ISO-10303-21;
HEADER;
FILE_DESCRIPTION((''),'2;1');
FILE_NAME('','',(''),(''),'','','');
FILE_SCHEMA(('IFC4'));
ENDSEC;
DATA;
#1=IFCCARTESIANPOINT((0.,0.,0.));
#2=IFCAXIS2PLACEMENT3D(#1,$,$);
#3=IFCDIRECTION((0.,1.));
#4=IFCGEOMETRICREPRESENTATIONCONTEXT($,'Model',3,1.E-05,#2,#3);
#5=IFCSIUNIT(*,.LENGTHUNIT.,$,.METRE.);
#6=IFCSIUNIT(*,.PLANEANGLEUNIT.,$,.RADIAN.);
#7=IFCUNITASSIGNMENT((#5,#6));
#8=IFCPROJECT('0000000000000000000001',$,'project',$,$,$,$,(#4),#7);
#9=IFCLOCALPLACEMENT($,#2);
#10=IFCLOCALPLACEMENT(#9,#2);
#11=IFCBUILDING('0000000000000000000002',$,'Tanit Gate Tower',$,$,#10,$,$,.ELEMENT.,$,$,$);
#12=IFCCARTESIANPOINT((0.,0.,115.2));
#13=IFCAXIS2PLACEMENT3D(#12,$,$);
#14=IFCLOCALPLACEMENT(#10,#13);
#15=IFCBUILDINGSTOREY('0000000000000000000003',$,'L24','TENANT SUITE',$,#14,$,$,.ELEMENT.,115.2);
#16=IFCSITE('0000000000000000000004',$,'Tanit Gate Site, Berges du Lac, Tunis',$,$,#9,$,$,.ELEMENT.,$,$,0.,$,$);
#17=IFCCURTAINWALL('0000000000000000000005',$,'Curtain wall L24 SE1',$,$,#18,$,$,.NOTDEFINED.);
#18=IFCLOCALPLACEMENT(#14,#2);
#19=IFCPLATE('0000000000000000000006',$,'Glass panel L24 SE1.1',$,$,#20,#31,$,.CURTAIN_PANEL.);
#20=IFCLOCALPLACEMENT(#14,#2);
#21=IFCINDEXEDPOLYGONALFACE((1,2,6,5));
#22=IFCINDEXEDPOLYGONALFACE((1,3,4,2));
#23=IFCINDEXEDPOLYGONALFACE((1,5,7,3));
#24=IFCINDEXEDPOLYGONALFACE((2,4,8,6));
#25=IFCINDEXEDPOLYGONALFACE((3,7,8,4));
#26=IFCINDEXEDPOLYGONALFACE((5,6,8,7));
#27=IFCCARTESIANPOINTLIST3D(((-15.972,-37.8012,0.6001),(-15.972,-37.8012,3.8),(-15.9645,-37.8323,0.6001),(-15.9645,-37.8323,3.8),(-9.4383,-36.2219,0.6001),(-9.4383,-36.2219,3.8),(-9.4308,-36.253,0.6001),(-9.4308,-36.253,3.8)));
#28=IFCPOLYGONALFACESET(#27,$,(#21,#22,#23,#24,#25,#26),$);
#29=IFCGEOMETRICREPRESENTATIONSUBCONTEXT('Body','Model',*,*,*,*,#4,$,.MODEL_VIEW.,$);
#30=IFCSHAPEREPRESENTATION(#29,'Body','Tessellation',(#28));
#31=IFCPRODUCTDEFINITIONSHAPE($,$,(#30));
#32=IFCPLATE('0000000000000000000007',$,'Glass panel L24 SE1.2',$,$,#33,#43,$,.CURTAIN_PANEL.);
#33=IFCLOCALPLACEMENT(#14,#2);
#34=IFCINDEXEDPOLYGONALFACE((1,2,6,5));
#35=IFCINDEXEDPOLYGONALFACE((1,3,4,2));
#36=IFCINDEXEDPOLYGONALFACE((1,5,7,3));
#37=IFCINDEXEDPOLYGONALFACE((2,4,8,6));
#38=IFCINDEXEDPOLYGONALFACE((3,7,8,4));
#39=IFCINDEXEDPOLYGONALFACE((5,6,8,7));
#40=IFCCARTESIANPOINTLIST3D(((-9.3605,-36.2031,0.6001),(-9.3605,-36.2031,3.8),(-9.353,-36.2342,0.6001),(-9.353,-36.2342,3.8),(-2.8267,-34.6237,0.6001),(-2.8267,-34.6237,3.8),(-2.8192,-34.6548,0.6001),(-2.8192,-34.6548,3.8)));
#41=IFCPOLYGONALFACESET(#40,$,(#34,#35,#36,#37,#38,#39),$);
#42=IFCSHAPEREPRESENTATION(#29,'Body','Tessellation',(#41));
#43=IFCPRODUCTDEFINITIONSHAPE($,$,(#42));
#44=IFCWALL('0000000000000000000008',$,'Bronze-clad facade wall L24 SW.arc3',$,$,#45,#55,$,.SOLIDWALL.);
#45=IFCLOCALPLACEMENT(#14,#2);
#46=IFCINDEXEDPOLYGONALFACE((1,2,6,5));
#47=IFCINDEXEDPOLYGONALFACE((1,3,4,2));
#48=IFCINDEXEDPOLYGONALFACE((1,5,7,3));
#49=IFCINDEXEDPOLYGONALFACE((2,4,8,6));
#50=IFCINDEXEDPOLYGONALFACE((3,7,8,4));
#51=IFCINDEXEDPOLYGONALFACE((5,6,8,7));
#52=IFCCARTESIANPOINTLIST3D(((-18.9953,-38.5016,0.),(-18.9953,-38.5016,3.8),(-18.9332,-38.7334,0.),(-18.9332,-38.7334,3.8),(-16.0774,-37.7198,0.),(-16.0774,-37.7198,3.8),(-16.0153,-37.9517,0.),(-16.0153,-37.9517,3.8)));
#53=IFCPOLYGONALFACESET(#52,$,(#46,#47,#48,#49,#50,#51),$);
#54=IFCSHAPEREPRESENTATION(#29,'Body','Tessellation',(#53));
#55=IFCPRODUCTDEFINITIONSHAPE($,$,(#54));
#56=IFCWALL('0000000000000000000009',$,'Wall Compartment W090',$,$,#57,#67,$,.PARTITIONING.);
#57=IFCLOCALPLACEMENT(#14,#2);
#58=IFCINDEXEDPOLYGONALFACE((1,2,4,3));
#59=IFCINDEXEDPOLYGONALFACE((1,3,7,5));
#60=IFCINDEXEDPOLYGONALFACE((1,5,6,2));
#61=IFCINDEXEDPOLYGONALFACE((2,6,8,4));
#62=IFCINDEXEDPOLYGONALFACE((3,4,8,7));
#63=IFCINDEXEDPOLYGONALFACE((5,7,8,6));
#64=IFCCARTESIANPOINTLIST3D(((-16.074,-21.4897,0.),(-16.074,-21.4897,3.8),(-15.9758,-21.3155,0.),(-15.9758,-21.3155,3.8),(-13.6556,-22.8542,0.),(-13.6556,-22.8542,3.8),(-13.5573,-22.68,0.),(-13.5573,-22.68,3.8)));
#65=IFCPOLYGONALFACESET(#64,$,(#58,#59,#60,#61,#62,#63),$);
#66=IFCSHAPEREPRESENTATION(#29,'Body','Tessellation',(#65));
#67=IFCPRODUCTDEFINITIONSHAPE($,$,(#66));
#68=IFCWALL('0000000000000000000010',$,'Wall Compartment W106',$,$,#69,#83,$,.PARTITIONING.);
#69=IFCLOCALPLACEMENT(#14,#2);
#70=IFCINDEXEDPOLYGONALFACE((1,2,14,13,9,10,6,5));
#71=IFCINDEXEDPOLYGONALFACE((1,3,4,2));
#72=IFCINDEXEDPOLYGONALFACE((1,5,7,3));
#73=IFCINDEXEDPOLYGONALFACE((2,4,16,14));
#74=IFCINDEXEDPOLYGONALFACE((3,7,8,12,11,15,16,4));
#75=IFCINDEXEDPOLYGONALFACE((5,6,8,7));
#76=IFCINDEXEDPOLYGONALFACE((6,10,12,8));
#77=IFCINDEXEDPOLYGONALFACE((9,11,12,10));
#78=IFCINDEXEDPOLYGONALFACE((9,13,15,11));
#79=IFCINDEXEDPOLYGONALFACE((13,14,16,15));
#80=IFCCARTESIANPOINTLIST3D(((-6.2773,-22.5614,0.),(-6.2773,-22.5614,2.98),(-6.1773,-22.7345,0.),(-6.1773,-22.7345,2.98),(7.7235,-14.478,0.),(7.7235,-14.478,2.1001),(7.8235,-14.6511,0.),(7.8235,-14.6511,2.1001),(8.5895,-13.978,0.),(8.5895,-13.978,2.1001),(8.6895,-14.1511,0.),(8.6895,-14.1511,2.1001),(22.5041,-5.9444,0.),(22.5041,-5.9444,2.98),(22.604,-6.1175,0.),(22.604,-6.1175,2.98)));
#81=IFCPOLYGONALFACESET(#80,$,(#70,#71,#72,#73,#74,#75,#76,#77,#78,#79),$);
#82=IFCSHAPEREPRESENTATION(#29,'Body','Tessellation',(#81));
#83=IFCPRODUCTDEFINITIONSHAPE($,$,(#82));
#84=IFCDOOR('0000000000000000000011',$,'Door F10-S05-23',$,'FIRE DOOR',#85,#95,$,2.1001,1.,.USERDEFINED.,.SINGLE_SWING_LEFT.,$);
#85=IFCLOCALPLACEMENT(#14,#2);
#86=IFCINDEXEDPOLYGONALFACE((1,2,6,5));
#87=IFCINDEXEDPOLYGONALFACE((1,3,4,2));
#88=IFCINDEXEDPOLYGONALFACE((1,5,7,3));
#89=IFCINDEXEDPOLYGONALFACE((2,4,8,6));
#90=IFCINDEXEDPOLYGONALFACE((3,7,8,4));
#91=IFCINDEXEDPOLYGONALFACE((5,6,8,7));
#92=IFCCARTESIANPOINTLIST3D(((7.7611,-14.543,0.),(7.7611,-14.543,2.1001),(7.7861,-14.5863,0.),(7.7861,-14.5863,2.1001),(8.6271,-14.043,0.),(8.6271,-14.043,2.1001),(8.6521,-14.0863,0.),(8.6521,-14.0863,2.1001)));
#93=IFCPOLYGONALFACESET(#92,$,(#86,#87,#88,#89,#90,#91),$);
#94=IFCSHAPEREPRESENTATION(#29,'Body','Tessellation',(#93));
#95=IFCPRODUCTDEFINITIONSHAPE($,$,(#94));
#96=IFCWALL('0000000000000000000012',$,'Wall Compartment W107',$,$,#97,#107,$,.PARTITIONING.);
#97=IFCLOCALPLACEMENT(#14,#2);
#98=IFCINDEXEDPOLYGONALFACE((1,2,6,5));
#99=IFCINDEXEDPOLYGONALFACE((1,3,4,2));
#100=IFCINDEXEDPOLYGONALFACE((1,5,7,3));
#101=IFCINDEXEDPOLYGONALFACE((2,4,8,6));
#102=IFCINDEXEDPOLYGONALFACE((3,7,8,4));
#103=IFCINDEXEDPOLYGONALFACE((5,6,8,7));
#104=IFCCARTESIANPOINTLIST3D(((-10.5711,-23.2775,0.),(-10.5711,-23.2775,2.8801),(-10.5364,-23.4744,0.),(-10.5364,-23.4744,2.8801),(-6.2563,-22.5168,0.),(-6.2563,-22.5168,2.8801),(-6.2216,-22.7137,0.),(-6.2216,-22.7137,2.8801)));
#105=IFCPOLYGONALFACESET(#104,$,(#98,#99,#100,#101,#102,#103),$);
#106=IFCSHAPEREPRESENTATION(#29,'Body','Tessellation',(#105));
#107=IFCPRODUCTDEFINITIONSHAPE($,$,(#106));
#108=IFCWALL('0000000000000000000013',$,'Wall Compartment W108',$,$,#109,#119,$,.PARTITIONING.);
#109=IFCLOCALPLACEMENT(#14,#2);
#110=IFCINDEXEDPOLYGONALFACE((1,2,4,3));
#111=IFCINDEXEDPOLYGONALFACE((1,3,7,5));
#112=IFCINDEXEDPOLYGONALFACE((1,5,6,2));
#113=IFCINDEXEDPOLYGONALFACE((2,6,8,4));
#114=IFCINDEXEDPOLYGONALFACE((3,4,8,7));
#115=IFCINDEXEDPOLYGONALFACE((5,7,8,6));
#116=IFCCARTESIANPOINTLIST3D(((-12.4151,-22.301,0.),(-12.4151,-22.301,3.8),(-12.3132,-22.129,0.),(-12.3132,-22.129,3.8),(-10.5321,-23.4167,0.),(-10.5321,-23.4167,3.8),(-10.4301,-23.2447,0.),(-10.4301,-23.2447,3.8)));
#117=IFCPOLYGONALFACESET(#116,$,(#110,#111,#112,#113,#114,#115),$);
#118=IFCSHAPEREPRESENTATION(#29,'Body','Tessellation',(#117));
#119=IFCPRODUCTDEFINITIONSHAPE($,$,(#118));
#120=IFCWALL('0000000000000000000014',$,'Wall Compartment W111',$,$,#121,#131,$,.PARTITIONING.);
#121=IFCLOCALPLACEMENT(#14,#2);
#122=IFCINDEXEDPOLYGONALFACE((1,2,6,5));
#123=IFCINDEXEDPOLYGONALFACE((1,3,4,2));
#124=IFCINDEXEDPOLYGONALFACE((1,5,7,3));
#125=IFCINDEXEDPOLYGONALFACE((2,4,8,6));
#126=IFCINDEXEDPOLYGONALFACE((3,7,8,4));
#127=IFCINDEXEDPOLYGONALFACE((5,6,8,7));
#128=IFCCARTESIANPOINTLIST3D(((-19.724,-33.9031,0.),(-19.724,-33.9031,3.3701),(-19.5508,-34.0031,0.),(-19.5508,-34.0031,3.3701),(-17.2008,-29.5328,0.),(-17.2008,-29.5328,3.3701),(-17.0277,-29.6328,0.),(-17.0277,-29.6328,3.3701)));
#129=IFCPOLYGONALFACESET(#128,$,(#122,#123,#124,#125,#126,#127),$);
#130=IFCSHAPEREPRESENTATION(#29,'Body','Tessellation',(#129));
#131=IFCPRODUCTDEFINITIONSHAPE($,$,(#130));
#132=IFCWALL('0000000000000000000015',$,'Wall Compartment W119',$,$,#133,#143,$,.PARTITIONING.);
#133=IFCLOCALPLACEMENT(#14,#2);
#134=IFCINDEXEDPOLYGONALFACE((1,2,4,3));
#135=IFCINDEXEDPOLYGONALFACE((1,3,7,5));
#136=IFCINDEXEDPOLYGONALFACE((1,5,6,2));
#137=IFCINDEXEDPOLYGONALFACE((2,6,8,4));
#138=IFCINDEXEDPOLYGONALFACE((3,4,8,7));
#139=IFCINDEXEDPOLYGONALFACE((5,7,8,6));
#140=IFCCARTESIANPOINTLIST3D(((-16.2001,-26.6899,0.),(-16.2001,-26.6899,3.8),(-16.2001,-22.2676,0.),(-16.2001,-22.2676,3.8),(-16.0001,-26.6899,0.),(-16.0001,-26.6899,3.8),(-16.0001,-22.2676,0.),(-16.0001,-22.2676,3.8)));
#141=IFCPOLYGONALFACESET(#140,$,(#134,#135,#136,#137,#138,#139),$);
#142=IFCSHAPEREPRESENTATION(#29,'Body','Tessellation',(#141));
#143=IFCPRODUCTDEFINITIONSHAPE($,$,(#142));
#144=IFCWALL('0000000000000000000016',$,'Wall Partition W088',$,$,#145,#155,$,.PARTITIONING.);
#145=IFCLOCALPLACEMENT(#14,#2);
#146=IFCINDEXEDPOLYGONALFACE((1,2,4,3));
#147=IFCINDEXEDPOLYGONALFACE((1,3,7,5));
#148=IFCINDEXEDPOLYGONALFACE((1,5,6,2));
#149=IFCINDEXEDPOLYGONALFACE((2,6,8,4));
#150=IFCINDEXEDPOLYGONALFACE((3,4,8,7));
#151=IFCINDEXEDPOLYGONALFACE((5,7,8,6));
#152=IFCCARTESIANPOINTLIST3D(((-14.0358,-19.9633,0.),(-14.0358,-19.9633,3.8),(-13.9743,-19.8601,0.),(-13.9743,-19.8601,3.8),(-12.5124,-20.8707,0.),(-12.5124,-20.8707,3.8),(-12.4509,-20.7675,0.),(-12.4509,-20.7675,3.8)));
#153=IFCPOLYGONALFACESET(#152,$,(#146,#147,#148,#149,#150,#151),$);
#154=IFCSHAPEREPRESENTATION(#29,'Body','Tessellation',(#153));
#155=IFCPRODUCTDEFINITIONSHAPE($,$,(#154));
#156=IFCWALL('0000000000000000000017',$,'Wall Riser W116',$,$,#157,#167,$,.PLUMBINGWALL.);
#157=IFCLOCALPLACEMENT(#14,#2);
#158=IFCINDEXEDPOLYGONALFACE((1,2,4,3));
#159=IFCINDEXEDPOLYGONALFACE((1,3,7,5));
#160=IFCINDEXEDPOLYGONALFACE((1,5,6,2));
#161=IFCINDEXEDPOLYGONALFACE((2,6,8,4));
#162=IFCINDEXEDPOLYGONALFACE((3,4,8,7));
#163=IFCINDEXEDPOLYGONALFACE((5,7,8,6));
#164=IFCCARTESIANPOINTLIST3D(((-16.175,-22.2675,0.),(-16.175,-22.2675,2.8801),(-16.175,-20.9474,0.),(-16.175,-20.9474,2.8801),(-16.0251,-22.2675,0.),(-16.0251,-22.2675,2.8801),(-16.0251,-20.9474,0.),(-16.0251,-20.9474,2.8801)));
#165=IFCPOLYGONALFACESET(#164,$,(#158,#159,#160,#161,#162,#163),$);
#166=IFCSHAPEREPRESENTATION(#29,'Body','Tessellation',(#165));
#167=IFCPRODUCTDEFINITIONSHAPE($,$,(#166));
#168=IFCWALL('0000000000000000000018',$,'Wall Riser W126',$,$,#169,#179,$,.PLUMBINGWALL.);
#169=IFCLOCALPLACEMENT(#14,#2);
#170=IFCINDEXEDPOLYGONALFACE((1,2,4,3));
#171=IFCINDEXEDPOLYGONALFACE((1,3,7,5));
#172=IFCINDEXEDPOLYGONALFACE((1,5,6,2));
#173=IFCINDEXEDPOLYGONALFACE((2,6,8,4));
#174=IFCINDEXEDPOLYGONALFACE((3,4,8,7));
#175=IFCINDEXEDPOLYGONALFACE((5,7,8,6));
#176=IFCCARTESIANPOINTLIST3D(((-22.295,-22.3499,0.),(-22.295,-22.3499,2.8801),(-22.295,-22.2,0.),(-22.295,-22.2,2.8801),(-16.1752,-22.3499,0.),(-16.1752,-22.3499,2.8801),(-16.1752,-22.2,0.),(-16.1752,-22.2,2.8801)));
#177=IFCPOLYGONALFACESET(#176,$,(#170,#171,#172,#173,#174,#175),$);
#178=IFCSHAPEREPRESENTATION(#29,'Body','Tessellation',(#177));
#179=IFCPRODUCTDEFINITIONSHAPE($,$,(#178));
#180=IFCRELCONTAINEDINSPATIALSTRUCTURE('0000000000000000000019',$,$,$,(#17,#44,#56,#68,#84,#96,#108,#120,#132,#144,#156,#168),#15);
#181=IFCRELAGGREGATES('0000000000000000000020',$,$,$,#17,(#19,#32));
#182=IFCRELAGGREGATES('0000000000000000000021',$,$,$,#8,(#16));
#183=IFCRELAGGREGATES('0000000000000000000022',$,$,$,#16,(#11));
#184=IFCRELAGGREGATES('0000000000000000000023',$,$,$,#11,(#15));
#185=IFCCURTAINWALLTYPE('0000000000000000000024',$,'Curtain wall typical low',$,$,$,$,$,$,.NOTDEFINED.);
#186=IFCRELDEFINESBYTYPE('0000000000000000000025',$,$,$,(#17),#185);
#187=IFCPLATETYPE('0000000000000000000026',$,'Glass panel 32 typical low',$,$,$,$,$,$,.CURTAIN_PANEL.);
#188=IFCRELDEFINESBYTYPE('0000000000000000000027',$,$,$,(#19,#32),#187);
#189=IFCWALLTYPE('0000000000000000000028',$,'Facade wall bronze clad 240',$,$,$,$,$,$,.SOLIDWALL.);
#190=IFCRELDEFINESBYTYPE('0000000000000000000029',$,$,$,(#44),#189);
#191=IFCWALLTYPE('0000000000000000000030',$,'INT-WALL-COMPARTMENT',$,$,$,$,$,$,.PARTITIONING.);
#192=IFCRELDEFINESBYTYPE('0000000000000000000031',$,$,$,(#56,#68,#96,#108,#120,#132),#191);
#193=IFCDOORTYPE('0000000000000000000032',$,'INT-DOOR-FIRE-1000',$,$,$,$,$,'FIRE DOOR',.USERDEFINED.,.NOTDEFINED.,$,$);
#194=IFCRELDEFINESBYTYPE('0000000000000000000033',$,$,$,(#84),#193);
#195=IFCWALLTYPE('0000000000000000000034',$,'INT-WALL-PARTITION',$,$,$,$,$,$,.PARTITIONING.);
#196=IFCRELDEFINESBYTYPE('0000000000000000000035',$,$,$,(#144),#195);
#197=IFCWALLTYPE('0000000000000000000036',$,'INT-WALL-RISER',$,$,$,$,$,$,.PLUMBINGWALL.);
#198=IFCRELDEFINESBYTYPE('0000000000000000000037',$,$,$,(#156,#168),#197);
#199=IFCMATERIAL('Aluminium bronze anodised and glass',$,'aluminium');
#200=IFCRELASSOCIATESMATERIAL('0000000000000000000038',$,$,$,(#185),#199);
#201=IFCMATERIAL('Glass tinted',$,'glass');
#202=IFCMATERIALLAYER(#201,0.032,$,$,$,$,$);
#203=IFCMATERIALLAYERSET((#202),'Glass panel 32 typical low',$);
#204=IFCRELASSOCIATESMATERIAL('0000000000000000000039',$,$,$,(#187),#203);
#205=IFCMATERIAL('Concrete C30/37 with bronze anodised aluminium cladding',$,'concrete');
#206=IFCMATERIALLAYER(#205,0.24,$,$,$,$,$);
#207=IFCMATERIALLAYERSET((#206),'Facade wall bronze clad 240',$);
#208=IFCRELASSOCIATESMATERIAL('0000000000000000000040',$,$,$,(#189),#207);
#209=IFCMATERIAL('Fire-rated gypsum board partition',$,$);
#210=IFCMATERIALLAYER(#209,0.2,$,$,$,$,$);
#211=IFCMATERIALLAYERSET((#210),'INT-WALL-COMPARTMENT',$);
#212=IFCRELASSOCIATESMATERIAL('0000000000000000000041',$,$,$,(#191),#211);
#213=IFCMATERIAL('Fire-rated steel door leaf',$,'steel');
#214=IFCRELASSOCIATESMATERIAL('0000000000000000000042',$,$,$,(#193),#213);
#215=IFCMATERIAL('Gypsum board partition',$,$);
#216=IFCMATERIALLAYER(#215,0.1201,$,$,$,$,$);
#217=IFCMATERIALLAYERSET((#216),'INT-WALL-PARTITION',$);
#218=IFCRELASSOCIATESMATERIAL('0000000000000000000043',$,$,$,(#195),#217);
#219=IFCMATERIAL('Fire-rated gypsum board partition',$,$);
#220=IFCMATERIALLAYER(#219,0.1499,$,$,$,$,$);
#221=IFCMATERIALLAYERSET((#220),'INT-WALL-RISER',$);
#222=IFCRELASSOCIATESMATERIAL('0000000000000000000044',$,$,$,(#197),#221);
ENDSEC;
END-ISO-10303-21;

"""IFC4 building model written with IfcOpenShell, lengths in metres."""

from ifc_helpers import new_model, si_unit, direction, frame, frame_2d, origin, origin_2d, place, context, subcontext, project, spatial, rectangle, extrude, material, layer, layer_set, type_object, element, fill, aggregate, save


model = new_model("IFC4")

# Units and contexts
model_context = context("Model", 3, precision=1e-05, world=origin(), true_north=direction((0.0, 1.0)))
body_context = subcontext(model_context, "Body", "Model", "MODEL_VIEW")
ifc_project = project(units=[si_unit("LENGTHUNIT", "METRE"), si_unit("PLANEANGLEUNIT", "RADIAN")], contexts=[model_context])

# Site, building, storey
site_placement = place(None, origin())
site = spatial("IfcSite", under=ifc_project, at=site_placement, Name="Tanit Gate Site, Berges du Lac, Tunis", CompositionType="ELEMENT", RefElevation=0.0)
building_placement = place(site_placement, origin())
building = spatial("IfcBuilding", under=site, at=building_placement, Name="Tanit Gate Tower", CompositionType="ELEMENT")
storey_placement = place(building_placement, frame((0.0, 0.0, 115.2)))
storey = spatial("IfcBuildingStorey", under=building, at=storey_placement, Name="L24", Description="TENANT SUITE", CompositionType="ELEMENT", Elevation=115.2)

# Curtain wall
ifc_material_1 = material(Name="Aluminium bronze anodised and glass", Category="aluminium")
curtain_wall_type = type_object("IfcCurtainWallType", Name="Curtain wall typical low", PredefinedType="NOTDEFINED", material=ifc_material_1)
curtain_wall_placement = place(storey_placement, origin())
curtain_wall = element("IfcCurtainWall", 1, at=curtain_wall_placement, inside=storey, type_object=curtain_wall_type, Name="Curtain wall L24 SE1", PredefinedType="NOTDEFINED")

# Plates
ifc_material_2 = material(Name="Glass tinted", Category="glass")
ifc_layer_1 = layer(ifc_material_2, 0.032)
ifc_layer_set_1 = layer_set([ifc_layer_1], Name="Glass panel 32 typical low")
plate_type = type_object("IfcPlateType", Name="Glass panel 32 typical low", PredefinedType="CURTAIN_PANEL", material=ifc_layer_set_1)
plate_1_placement = place(storey_placement, frame((-12.7014, -37.0271, 0.6001), z_axis=(0.0, 0.0, 1.0), x_axis=(0.972006, 0.234957, 0.0)))
plate_1 = element("IfcPlate", 2, at=plate_1_placement, type_object=plate_type, Name="Glass panel L24 SE1.1", PredefinedType="CURTAIN_PANEL", context=body_context, shape_type="SweptSolid", body=[
    extrude(rectangle(XDim=6.7219, YDim=0.032, at=origin_2d()), origin(), (0.0, 0.0, 1.0), 3.2),
])
plate_2_placement = place(storey_placement, frame((-6.0898, -35.429, 0.6001), z_axis=(0.0, 0.0, 1.0), x_axis=(0.972006, 0.234957, 0.0)))
plate_2 = element("IfcPlate", 3, at=plate_2_placement, type_object=plate_type, Name="Glass panel L24 SE1.2", PredefinedType="CURTAIN_PANEL", context=body_context, shape_type="SweptSolid", body=[
    extrude(rectangle(XDim=6.7219, YDim=0.032, at=origin_2d()), origin(), (0.0, 0.0, 1.0), 3.2),
])
aggregate(curtain_wall, [plate_1, plate_2])

# Walls
ifc_material_3 = material(Name="Concrete C30/37 with bronze anodised aluminium cladding", Category="concrete")
ifc_layer_2 = layer(ifc_material_3, 0.24)
ifc_layer_set_2 = layer_set([ifc_layer_2], Name="Facade wall bronze clad 240")
wall_type_1 = type_object("IfcWallType", Name="Facade wall bronze clad 240", PredefinedType="SOLIDWALL", material=ifc_layer_set_2)
wall_1_placement = place(storey_placement, frame((-18.9641, -38.6174, 0.0), z_axis=(0.0, 0.0, 1.0), x_axis=(0.965937, 0.258779, 0.0)))
element("IfcWall", 4, at=wall_1_placement, inside=storey, type_object=wall_type_1, Name="Bronze-clad facade wall L24 SW.arc3", PredefinedType="SOLIDWALL", context=body_context, shape_type="SweptSolid", body=[
    extrude(rectangle(XDim=3.0208, YDim=0.24, at=frame_2d((1.5103, 0.0))), origin(), (0.0, 0.0, 1.0), 3.8),
])
ifc_material_4 = material(Name="Fire-rated gypsum board partition")
ifc_layer_3 = layer(ifc_material_4, 0.2)
ifc_layer_set_3 = layer_set([ifc_layer_3], Name="INT-WALL-COMPARTMENT")
wall_type_2 = type_object("IfcWallType", Name="INT-WALL-COMPARTMENT", PredefinedType="PARTITIONING", material=ifc_layer_set_3)
wall_2_placement = place(storey_placement, frame((-16.0249, -21.4026, 0.0), z_axis=(0.0, 0.0, 1.0), x_axis=(0.870941, -0.491388, 0.0)))
element("IfcWall", 5, at=wall_2_placement, inside=storey, type_object=wall_type_2, Name="Wall Compartment W090", PredefinedType="PARTITIONING", context=body_context, shape_type="SweptSolid", body=[
    extrude(rectangle(XDim=2.7769, YDim=0.2, at=frame_2d((1.3884, 0.0))), origin(), (0.0, 0.0, 1.0), 3.8),
])

# Wall, opening, door
wall_3_placement = place(storey_placement, frame((-6.2273, -22.6479, 0.0), z_axis=(0.0, 0.0, 1.0), x_axis=(0.866024, 0.500002, 0.0)))
wall_3 = element("IfcWall", 6, at=wall_3_placement, inside=storey, type_object=wall_type_2, Name="Wall Compartment W106", PredefinedType="PARTITIONING", context=body_context, shape_type="SweptSolid", body=[
    extrude(rectangle(XDim=33.2339, YDim=0.2, at=frame_2d((16.6169, 0.0))), origin(), (0.0, 0.0, 1.0), 2.98),
])
opening_placement = place(wall_3_placement, frame((16.1667, 0.0, 0.0)))
opening = element("IfcOpeningElement", 7, at=opening_placement, cuts=wall_3, PredefinedType="OPENING", context=body_context, shape_type="SweptSolid", body=[
    extrude(rectangle(XDim=1.0, YDim=2.1001, at=frame_2d((0.5, 1.05))), frame((0.0, 0.1099, 0.0), z_axis=(0.0, -1.0, 0.0), x_axis=(1.0, 0.0, 0.0)), (0.0, 0.0, 1.0), 0.22),
])
ifc_material_5 = material(Name="Fire-rated steel door leaf", Category="steel")
door_type = type_object("IfcDoorType", Name="INT-DOOR-FIRE-1000", ElementType="FIRE DOOR", OperationType="NOTDEFINED", PredefinedType="USERDEFINED", material=ifc_material_5)
door_placement = place(opening_placement, origin())
door = element("IfcDoor", 8, at=door_placement, inside=storey, type_object=door_type, Name="Door F10-S05-23", ObjectType="FIRE DOOR", OperationType="SINGLE_SWING_LEFT", OverallHeight=2.1001, OverallWidth=1.0, PredefinedType="USERDEFINED", context=body_context, shape_type="SweptSolid", body=[
    extrude(rectangle(XDim=1.0, YDim=2.1001, at=frame_2d((0.5, 1.05))), frame((0.0, 0.0249, 0.0), z_axis=(0.0, -1.0, 0.0), x_axis=(1.0, 0.0, 0.0)), (0.0, 0.0, 1.0), 0.05),
])
fill(opening, door)

# Walls
wall_4_placement = place(storey_placement, frame((-10.5537, -23.376, 0.0), z_axis=(0.0, 0.0, 1.0), x_axis=(0.98481, 0.173636, 0.0)))
element("IfcWall", 9, at=wall_4_placement, inside=storey, type_object=wall_type_2, Name="Wall Compartment W107", PredefinedType="PARTITIONING", context=body_context, shape_type="SweptSolid", body=[
    extrude(rectangle(XDim=4.3813, YDim=0.2, at=frame_2d((2.1907, 0.0))), origin(), (0.0, 0.0, 1.0), 2.8801),
])
wall_5_placement = place(storey_placement, frame((-12.364, -22.2151, 0.0), z_axis=(0.0, 0.0, 1.0), x_axis=(0.860324, -0.509747, 0.0)))
element("IfcWall", 10, at=wall_5_placement, inside=storey, type_object=wall_type_2, Name="Wall Compartment W108", PredefinedType="PARTITIONING", context=body_context, shape_type="SweptSolid", body=[
    extrude(rectangle(XDim=2.1887, YDim=0.2, at=frame_2d((1.0942, 0.0))), origin(), (0.0, 0.0, 1.0), 3.8),
])
wall_6_placement = place(storey_placement, frame((-17.1143, -29.5828, 0.0), z_axis=(0.0, 0.0, 1.0), x_axis=(-0.499995, -0.866028, 0.0)))
element("IfcWall", 11, at=wall_6_placement, inside=storey, type_object=wall_type_2, Name="Wall Compartment W111", PredefinedType="PARTITIONING", context=body_context, shape_type="SweptSolid", body=[
    extrude(rectangle(XDim=5.0464, YDim=0.2, at=frame_2d((2.5232, 0.0))), origin(), (0.0, 0.0, 1.0), 3.3701),
])
wall_7_placement = place(storey_placement, frame((-16.1001, -26.6899, 0.0), z_axis=(0.0, 0.0, 1.0), x_axis=(0.0, 1.0, 0.0)))
element("IfcWall", 12, at=wall_7_placement, inside=storey, type_object=wall_type_2, Name="Wall Compartment W119", PredefinedType="PARTITIONING", context=body_context, shape_type="SweptSolid", body=[
    extrude(rectangle(XDim=4.4224, YDim=0.2, at=frame_2d((2.2112, 0.0))), origin(), (0.0, 0.0, 1.0), 3.8),
])
ifc_material_6 = material(Name="Gypsum board partition")
ifc_layer_4 = layer(ifc_material_6, 0.1201)
ifc_layer_set_4 = layer_set([ifc_layer_4], Name="INT-WALL-PARTITION")
wall_type_3 = type_object("IfcWallType", Name="INT-WALL-PARTITION", PredefinedType="PARTITIONING", material=ifc_layer_set_4)
wall_8_placement = place(storey_placement, frame((-14.0051, -19.9116, 0.0), z_axis=(0.0, 0.0, 1.0), x_axis=(0.859129, -0.51176, 0.0)))
element("IfcWall", 13, at=wall_8_placement, inside=storey, type_object=wall_type_3, Name="Wall Partition W088", PredefinedType="PARTITIONING", context=body_context, shape_type="SweptSolid", body=[
    extrude(rectangle(XDim=1.7732, YDim=0.1201, at=frame_2d((0.8867, 0.0))), origin(), (0.0, 0.0, 1.0), 3.8),
])
ifc_material_7 = material(Name="Fire-rated gypsum board partition")
ifc_layer_5 = layer(ifc_material_7, 0.1499)
ifc_layer_set_5 = layer_set([ifc_layer_5], Name="INT-WALL-RISER")
wall_type_4 = type_object("IfcWallType", Name="INT-WALL-RISER", PredefinedType="PLUMBINGWALL", material=ifc_layer_set_5)
wall_9_placement = place(storey_placement, frame((-16.1001, -22.2676, 0.0), z_axis=(0.0, 0.0, 1.0), x_axis=(0.0, 1.0, 0.0)))
element("IfcWall", 14, at=wall_9_placement, inside=storey, type_object=wall_type_4, Name="Wall Riser W116", PredefinedType="PLUMBINGWALL", context=body_context, shape_type="SweptSolid", body=[
    extrude(rectangle(XDim=1.3201, YDim=0.1499, at=frame_2d((0.6602, 0.0))), origin(), (0.0, 0.0, 1.0), 2.8801),
])
wall_10_placement = place(storey_placement, frame((-16.175, -22.2749, 0.0), z_axis=(0.0, 0.0, 1.0), x_axis=(-1.0, 0.0, 0.0)))
element("IfcWall", 15, at=wall_10_placement, inside=storey, type_object=wall_type_4, Name="Wall Riser W126", PredefinedType="PLUMBINGWALL", context=body_context, shape_type="SweptSolid", body=[
    extrude(rectangle(XDim=6.1199, YDim=0.1499, at=frame_2d((3.0601, 0.0))), origin(), (0.0, 0.0, 1.0), 2.8801),
])

save(model, "model.ifc")
